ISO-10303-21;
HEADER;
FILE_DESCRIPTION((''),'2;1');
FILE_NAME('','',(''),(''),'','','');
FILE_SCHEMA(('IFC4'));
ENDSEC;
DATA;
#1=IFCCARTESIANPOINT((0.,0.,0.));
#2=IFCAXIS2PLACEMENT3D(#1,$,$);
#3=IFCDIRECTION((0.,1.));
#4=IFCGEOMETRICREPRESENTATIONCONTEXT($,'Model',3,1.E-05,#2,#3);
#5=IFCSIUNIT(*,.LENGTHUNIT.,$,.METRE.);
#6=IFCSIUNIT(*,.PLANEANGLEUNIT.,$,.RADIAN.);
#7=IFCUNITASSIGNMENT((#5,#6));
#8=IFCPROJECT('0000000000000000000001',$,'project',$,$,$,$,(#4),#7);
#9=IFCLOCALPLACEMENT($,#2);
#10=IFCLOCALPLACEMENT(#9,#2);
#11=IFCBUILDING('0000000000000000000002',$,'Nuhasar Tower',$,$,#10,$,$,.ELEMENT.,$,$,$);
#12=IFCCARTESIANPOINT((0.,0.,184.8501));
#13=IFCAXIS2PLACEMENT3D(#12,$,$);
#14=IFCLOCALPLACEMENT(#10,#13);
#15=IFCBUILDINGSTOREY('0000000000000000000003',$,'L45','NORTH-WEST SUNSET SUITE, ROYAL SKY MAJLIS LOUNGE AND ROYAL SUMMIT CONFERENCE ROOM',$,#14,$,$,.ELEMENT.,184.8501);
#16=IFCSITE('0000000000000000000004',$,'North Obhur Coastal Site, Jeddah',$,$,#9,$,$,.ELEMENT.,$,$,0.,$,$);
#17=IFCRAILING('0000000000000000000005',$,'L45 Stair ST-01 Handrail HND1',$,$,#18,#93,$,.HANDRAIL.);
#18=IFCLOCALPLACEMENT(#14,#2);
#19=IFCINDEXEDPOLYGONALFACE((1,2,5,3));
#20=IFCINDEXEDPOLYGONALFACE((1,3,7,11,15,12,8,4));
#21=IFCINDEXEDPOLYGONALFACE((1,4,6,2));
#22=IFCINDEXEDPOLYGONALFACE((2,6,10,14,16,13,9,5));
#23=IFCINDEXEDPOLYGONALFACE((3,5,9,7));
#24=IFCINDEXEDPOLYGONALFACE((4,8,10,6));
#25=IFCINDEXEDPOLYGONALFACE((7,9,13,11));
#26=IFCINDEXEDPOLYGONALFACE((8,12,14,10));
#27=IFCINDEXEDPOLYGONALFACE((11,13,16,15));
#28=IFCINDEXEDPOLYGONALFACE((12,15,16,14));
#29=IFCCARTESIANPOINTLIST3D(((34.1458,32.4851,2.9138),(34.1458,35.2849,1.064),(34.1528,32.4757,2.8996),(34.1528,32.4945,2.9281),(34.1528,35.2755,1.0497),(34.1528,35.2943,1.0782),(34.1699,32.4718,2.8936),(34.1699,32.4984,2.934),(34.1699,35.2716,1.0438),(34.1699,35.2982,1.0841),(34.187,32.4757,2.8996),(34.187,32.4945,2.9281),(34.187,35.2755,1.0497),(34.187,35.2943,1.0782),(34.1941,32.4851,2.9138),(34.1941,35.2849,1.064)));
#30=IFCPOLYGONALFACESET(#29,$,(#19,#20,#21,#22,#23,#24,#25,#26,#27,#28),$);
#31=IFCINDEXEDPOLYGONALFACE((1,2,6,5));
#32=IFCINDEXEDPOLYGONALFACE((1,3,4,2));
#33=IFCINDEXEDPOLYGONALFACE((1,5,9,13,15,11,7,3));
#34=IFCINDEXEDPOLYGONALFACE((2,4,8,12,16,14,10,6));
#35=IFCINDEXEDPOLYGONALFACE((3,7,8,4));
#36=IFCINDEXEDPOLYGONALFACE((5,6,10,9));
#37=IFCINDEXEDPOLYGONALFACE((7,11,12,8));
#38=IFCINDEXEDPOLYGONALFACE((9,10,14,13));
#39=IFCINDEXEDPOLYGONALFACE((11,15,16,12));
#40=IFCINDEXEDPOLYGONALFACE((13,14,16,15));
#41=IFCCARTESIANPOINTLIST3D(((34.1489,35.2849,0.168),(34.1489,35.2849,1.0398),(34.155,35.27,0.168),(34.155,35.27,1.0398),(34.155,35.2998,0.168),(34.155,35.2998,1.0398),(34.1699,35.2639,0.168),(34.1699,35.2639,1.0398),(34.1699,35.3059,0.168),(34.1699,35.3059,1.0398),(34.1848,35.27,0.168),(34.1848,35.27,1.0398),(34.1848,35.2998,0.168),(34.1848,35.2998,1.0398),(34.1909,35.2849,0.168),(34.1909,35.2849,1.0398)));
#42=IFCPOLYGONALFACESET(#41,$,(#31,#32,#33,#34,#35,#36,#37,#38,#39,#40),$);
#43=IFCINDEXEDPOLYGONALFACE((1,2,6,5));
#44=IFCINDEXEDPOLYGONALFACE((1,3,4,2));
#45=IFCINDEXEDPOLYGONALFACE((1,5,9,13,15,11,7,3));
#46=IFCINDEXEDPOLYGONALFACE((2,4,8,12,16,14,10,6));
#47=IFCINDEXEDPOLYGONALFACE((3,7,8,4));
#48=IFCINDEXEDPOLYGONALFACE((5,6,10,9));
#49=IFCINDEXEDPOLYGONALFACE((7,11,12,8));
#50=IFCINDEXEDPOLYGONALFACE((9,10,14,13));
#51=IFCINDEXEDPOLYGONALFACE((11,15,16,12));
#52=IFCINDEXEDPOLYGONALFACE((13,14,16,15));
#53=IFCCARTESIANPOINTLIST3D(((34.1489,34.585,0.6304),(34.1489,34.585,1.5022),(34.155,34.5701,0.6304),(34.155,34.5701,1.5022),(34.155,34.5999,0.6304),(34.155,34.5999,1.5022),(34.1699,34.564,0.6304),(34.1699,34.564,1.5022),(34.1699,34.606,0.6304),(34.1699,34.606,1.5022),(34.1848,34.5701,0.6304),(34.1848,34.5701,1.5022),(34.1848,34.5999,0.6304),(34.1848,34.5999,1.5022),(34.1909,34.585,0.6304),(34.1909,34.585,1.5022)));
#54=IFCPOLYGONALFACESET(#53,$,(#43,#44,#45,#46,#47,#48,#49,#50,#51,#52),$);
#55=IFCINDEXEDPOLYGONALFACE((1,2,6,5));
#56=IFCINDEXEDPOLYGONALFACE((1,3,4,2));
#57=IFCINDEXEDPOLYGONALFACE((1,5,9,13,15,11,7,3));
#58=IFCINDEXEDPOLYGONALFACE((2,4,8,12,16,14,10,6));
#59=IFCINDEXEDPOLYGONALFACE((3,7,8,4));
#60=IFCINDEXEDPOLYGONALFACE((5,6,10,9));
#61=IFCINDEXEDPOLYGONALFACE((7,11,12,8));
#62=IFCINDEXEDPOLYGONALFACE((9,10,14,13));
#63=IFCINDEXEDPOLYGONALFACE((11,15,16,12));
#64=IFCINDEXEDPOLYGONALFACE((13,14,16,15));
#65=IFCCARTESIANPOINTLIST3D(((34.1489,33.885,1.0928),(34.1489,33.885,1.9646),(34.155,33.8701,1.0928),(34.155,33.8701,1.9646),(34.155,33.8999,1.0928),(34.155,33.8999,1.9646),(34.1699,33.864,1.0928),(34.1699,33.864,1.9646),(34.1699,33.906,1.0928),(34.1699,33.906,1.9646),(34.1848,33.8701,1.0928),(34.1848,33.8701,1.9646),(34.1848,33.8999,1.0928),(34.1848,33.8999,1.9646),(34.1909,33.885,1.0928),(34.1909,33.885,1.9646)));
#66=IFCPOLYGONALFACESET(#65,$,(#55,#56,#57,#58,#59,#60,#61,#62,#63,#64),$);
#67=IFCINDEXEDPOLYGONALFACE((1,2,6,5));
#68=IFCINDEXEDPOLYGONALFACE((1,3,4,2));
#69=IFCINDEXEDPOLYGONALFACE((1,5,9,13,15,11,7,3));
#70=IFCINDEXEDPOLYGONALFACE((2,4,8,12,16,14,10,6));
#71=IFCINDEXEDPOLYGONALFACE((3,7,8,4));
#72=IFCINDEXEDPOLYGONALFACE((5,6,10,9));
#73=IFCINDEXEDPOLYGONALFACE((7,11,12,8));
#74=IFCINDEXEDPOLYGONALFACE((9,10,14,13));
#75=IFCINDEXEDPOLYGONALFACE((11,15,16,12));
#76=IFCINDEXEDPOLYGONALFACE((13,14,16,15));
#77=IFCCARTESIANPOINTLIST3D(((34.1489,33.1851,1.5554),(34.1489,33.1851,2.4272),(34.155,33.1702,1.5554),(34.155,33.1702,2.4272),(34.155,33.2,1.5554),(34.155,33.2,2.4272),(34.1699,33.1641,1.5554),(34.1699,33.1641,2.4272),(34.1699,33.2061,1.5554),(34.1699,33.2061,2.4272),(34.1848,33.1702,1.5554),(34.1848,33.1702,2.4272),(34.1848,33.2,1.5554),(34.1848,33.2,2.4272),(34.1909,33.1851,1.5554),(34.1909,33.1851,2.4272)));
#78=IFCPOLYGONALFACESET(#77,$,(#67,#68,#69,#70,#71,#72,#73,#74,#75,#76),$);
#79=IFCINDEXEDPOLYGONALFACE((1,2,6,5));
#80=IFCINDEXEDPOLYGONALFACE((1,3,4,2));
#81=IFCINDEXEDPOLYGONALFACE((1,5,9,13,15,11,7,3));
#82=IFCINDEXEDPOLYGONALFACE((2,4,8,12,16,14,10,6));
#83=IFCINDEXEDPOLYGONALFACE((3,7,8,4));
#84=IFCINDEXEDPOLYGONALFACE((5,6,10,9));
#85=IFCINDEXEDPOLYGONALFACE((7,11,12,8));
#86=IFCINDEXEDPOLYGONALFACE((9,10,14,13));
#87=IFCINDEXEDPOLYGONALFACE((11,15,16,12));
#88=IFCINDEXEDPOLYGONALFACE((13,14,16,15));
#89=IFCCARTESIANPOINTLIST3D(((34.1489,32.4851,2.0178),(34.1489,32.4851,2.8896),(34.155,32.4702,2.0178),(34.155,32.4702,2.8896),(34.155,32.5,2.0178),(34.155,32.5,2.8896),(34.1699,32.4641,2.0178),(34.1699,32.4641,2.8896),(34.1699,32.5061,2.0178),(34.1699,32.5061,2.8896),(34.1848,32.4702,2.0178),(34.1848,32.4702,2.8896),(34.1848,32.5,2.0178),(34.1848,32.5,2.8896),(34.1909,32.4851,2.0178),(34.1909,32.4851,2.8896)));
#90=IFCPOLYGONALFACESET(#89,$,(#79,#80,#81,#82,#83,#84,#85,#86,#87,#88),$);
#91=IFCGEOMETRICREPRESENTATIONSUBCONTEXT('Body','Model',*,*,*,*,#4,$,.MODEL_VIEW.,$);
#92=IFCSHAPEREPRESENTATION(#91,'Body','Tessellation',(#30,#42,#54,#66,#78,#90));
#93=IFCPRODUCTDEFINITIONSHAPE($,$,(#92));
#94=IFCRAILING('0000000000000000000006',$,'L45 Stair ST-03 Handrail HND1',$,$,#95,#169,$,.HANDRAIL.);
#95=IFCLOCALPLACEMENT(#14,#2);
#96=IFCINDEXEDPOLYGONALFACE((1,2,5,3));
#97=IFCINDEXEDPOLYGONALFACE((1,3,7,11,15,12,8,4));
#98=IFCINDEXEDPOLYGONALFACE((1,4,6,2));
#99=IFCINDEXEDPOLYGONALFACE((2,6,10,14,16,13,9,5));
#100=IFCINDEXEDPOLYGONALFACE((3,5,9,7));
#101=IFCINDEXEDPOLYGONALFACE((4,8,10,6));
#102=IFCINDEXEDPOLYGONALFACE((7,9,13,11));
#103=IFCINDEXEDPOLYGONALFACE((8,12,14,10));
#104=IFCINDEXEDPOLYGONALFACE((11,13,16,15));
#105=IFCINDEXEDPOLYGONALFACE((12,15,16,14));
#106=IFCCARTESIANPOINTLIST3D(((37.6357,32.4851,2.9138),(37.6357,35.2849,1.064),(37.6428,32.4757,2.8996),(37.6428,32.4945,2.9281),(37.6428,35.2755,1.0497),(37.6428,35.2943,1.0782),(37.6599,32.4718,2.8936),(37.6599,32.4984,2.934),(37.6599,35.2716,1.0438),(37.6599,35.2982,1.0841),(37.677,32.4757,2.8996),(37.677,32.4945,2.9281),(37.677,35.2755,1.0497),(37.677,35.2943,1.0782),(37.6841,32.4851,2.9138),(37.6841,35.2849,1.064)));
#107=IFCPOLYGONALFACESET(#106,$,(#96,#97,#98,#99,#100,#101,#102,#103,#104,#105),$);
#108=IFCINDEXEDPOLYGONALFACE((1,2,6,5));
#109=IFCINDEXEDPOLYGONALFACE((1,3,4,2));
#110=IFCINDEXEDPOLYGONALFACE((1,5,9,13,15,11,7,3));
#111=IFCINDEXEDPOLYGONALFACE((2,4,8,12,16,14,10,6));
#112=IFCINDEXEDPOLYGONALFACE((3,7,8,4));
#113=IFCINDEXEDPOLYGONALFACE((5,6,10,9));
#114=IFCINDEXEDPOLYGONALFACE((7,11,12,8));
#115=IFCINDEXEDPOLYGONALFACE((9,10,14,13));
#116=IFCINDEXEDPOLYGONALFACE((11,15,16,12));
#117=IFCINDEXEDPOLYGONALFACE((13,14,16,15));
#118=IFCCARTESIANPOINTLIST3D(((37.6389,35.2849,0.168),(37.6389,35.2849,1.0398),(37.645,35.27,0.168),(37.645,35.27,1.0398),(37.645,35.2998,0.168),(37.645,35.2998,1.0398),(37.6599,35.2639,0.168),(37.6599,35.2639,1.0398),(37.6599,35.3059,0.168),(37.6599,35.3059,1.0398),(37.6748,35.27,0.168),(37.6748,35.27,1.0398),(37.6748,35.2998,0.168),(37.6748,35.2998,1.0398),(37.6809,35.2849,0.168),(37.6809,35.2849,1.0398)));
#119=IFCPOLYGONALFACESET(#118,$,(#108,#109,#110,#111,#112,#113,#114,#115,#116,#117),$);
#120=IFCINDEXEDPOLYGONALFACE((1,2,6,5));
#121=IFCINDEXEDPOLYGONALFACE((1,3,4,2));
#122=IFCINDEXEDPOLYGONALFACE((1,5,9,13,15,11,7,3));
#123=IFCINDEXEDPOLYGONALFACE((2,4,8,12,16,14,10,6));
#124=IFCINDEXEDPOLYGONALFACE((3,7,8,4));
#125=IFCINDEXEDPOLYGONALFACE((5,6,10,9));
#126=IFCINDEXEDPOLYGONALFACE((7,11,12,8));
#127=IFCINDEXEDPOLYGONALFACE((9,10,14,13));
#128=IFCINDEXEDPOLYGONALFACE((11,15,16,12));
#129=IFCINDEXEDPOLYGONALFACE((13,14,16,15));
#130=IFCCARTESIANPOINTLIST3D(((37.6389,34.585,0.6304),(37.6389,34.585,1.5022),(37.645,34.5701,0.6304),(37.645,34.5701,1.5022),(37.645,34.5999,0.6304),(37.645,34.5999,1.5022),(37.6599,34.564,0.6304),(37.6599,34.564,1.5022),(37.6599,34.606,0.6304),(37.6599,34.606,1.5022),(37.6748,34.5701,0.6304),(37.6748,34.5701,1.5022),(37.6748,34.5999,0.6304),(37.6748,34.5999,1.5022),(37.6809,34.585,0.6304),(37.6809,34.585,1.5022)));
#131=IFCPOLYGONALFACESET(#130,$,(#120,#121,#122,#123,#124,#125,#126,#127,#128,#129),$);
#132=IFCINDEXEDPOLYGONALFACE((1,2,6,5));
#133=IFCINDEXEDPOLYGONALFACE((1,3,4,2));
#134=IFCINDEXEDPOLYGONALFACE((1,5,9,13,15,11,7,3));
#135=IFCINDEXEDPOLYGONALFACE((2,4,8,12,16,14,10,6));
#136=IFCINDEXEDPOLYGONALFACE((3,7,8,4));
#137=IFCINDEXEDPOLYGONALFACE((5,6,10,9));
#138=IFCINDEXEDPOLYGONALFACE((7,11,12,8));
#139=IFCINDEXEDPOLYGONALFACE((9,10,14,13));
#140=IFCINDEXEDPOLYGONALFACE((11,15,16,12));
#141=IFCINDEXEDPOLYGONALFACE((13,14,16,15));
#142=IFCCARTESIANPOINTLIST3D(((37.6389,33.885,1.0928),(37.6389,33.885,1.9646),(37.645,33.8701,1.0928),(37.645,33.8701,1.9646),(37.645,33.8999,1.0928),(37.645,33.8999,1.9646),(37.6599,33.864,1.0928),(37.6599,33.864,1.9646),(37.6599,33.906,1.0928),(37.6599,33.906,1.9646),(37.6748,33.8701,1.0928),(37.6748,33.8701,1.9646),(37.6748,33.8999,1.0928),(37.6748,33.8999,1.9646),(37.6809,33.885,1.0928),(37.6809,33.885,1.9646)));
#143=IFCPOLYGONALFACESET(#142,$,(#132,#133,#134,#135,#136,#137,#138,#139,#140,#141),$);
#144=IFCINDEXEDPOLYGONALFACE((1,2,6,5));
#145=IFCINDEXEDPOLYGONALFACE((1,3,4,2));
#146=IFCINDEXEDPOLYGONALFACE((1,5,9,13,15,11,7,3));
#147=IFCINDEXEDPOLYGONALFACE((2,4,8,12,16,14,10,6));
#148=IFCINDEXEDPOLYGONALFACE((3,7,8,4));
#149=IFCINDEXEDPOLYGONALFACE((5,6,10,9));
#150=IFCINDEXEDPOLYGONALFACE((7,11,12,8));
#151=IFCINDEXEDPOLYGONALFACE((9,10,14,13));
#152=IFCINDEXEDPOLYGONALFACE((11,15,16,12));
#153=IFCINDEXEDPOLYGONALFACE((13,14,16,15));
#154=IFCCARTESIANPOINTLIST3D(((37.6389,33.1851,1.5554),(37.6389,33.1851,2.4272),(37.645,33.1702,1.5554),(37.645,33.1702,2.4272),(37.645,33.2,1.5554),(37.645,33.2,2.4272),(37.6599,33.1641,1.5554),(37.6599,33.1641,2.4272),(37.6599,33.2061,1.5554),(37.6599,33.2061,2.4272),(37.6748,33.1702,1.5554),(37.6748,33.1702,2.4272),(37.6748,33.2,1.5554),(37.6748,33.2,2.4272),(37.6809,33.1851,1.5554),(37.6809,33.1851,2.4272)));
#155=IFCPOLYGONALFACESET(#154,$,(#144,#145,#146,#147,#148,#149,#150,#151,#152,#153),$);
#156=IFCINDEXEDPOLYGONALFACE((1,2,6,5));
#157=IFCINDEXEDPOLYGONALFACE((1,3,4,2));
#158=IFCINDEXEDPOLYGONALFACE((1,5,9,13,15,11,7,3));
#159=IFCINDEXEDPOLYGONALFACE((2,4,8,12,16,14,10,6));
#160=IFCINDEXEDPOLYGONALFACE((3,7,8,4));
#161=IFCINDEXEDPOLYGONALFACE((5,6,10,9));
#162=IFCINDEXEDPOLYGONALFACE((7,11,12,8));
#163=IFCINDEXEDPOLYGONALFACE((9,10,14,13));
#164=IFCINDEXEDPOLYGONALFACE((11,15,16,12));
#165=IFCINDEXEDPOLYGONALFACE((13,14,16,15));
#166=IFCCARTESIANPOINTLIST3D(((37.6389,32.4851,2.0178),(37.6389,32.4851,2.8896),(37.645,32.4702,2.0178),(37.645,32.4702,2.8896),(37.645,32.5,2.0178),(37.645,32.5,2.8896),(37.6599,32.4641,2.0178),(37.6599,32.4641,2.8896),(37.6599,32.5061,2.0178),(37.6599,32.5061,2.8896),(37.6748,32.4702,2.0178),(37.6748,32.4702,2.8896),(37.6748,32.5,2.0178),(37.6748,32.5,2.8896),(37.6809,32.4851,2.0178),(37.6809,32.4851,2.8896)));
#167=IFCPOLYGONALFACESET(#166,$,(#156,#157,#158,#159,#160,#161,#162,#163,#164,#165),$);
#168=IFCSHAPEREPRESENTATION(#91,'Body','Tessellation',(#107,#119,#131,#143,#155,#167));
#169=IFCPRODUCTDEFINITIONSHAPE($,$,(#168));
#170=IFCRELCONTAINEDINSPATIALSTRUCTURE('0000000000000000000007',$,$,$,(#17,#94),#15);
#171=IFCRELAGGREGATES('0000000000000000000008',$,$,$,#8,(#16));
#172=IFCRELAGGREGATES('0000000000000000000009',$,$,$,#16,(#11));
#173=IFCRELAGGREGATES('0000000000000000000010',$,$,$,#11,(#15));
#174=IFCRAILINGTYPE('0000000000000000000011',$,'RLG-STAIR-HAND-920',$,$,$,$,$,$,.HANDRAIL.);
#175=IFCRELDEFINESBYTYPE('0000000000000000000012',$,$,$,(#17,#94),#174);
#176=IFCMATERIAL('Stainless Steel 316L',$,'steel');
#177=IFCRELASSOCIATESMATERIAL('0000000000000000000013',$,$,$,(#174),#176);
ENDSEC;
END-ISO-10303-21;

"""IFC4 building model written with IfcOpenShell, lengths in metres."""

from ifc_helpers import new_model, si_unit, direction, frame, origin, place, context, subcontext, project, spatial, polyline, outline, extrude, material, type_object, element, save


model = new_model("IFC4")

# Units and contexts
model_context = context("Model", 3, precision=1e-05, world=origin(), true_north=direction((0.0, 1.0)))
body_context = subcontext(model_context, "Body", "Model", "MODEL_VIEW")
ifc_project = project(units=[si_unit("LENGTHUNIT", "METRE"), si_unit("PLANEANGLEUNIT", "RADIAN")], contexts=[model_context])

# Site, building, storey
site_placement = place(None, origin())
site = spatial("IfcSite", under=ifc_project, at=site_placement, Name="North Obhur Coastal Site, Jeddah", CompositionType="ELEMENT", RefElevation=0.0)
building_placement = place(site_placement, origin())
building = spatial("IfcBuilding", under=site, at=building_placement, Name="Nuhasar Tower", CompositionType="ELEMENT")
storey_placement = place(building_placement, frame((0.0, 0.0, 184.8501)))
storey = spatial("IfcBuildingStorey", under=building, at=storey_placement, Name="L45", Description="NORTH-WEST SUNSET SUITE, ROYAL SKY MAJLIS LOUNGE AND ROYAL SUMMIT CONFERENCE ROOM", CompositionType="ELEMENT", Elevation=184.8501)

# Railings
ifc_material_1 = material(Name="Stainless Steel 316L", Category="steel")
railing_type_1 = type_object("IfcRailingType", Name="RLG-STAIR-HAND-920", PredefinedType="HANDRAIL", material=ifc_material_1)
railing_1_placement = place(storey_placement, frame((34.1699, 35.2849, 0.168)))
element("IfcRailing", 1, at=railing_1_placement, inside=storey, type_object=railing_type_1, Name="L45 Stair ST-01 Handrail HND1", PredefinedType="HANDRAIL", context=body_context, shape_type="SweptSolid", body=[
    extrude(outline(polyline([(0.0242, 0.0), (0.0171, 0.0171), (0.0, 0.0242), (-0.0171, 0.0171), (-0.0242, 0.0), (-0.0171, -0.0171), (0.0, -0.0242), (0.0171, -0.0171), (0.0242, 0.0)])), frame((0.0, 0.0, 0.896), z_axis=(0.0, -0.834338, 0.551254), x_axis=(1.0, 0.0, 0.0)), (0.0, 0.0, 1.0), 3.3557),
    extrude(outline(polyline([(0.021, 0.0), (0.0149, 0.0149), (0.0, 0.021), (-0.0149, 0.0149), (-0.021, 0.0), (-0.0149, -0.0149), (0.0, -0.021), (0.0149, -0.0149), (0.021, 0.0)])), origin(), (0.0, 0.0, 1.0), 0.8718),
    extrude(outline(polyline([(0.021, 0.0), (0.0149, 0.0149), (0.0, 0.021), (-0.0149, 0.0149), (-0.021, 0.0), (-0.0149, -0.0149), (0.0, -0.021), (0.0149, -0.0149), (0.021, 0.0)])), frame((0.0, -0.7, 0.4624)), (0.0, 0.0, 1.0), 0.8718),
    extrude(outline(polyline([(0.021, 0.0), (0.0149, 0.0149), (0.0, 0.021), (-0.0149, 0.0149), (-0.021, 0.0), (-0.0149, -0.0149), (0.0, -0.021), (0.0149, -0.0149), (0.021, 0.0)])), frame((0.0, -1.3999, 0.9248)), (0.0, 0.0, 1.0), 0.8718),
    extrude(outline(polyline([(0.021, 0.0), (0.0149, 0.0149), (0.0, 0.021), (-0.0149, 0.0149), (-0.021, 0.0), (-0.0149, -0.0149), (0.0, -0.021), (0.0149, -0.0149), (0.021, 0.0)])), frame((0.0, -2.0999, 1.3875)), (0.0, 0.0, 1.0), 0.8718),
    extrude(outline(polyline([(0.021, 0.0), (0.0149, 0.0149), (0.0, 0.021), (-0.0149, 0.0149), (-0.021, 0.0), (-0.0149, -0.0149), (0.0, -0.021), (0.0149, -0.0149), (0.021, 0.0)])), frame((0.0, -2.7998, 1.8499)), (0.0, 0.0, 1.0), 0.8718),
])
railing_2_placement = place(storey_placement, frame((37.6599, 35.2849, 0.168)))
element("IfcRailing", 2, at=railing_2_placement, inside=storey, type_object=railing_type_1, Name="L45 Stair ST-03 Handrail HND1", PredefinedType="HANDRAIL", context=body_context, shape_type="SweptSolid", body=[
    extrude(outline(polyline([(0.0242, 0.0), (0.0171, 0.0171), (0.0, 0.0242), (-0.0171, 0.0171), (-0.0242, 0.0), (-0.0171, -0.0171), (0.0, -0.0242), (0.0171, -0.0171), (0.0242, 0.0)])), frame((0.0, 0.0, 0.896), z_axis=(0.0, -0.834338, 0.551254), x_axis=(1.0, 0.0, 0.0)), (0.0, 0.0, 1.0), 3.3557),
    extrude(outline(polyline([(0.021, 0.0), (0.0149, 0.0149), (0.0, 0.021), (-0.0149, 0.0149), (-0.021, 0.0), (-0.0149, -0.0149), (0.0, -0.021), (0.0149, -0.0149), (0.021, 0.0)])), origin(), (0.0, 0.0, 1.0), 0.8718),
    extrude(outline(polyline([(0.021, 0.0), (0.0149, 0.0149), (0.0, 0.021), (-0.0149, 0.0149), (-0.021, 0.0), (-0.0149, -0.0149), (0.0, -0.021), (0.0149, -0.0149), (0.021, 0.0)])), frame((0.0, -0.7, 0.4624)), (0.0, 0.0, 1.0), 0.8718),
    extrude(outline(polyline([(0.021, 0.0), (0.0149, 0.0149), (0.0, 0.021), (-0.0149, 0.0149), (-0.021, 0.0), (-0.0149, -0.0149), (0.0, -0.021), (0.0149, -0.0149), (0.021, 0.0)])), frame((0.0, -1.3999, 0.9248)), (0.0, 0.0, 1.0), 0.8718),
    extrude(outline(polyline([(0.021, 0.0), (0.0149, 0.0149), (0.0, 0.021), (-0.0149, 0.0149), (-0.021, 0.0), (-0.0149, -0.0149), (0.0, -0.021), (0.0149, -0.0149), (0.021, 0.0)])), frame((0.0, -2.0999, 1.3875)), (0.0, 0.0, 1.0), 0.8718),
    extrude(outline(polyline([(0.021, 0.0), (0.0149, 0.0149), (0.0, 0.021), (-0.0149, 0.0149), (-0.021, 0.0), (-0.0149, -0.0149), (0.0, -0.021), (0.0149, -0.0149), (0.021, 0.0)])), frame((0.0, -2.7998, 1.8499)), (0.0, 0.0, 1.0), 0.8718),
])

save(model, "model.ifc")
